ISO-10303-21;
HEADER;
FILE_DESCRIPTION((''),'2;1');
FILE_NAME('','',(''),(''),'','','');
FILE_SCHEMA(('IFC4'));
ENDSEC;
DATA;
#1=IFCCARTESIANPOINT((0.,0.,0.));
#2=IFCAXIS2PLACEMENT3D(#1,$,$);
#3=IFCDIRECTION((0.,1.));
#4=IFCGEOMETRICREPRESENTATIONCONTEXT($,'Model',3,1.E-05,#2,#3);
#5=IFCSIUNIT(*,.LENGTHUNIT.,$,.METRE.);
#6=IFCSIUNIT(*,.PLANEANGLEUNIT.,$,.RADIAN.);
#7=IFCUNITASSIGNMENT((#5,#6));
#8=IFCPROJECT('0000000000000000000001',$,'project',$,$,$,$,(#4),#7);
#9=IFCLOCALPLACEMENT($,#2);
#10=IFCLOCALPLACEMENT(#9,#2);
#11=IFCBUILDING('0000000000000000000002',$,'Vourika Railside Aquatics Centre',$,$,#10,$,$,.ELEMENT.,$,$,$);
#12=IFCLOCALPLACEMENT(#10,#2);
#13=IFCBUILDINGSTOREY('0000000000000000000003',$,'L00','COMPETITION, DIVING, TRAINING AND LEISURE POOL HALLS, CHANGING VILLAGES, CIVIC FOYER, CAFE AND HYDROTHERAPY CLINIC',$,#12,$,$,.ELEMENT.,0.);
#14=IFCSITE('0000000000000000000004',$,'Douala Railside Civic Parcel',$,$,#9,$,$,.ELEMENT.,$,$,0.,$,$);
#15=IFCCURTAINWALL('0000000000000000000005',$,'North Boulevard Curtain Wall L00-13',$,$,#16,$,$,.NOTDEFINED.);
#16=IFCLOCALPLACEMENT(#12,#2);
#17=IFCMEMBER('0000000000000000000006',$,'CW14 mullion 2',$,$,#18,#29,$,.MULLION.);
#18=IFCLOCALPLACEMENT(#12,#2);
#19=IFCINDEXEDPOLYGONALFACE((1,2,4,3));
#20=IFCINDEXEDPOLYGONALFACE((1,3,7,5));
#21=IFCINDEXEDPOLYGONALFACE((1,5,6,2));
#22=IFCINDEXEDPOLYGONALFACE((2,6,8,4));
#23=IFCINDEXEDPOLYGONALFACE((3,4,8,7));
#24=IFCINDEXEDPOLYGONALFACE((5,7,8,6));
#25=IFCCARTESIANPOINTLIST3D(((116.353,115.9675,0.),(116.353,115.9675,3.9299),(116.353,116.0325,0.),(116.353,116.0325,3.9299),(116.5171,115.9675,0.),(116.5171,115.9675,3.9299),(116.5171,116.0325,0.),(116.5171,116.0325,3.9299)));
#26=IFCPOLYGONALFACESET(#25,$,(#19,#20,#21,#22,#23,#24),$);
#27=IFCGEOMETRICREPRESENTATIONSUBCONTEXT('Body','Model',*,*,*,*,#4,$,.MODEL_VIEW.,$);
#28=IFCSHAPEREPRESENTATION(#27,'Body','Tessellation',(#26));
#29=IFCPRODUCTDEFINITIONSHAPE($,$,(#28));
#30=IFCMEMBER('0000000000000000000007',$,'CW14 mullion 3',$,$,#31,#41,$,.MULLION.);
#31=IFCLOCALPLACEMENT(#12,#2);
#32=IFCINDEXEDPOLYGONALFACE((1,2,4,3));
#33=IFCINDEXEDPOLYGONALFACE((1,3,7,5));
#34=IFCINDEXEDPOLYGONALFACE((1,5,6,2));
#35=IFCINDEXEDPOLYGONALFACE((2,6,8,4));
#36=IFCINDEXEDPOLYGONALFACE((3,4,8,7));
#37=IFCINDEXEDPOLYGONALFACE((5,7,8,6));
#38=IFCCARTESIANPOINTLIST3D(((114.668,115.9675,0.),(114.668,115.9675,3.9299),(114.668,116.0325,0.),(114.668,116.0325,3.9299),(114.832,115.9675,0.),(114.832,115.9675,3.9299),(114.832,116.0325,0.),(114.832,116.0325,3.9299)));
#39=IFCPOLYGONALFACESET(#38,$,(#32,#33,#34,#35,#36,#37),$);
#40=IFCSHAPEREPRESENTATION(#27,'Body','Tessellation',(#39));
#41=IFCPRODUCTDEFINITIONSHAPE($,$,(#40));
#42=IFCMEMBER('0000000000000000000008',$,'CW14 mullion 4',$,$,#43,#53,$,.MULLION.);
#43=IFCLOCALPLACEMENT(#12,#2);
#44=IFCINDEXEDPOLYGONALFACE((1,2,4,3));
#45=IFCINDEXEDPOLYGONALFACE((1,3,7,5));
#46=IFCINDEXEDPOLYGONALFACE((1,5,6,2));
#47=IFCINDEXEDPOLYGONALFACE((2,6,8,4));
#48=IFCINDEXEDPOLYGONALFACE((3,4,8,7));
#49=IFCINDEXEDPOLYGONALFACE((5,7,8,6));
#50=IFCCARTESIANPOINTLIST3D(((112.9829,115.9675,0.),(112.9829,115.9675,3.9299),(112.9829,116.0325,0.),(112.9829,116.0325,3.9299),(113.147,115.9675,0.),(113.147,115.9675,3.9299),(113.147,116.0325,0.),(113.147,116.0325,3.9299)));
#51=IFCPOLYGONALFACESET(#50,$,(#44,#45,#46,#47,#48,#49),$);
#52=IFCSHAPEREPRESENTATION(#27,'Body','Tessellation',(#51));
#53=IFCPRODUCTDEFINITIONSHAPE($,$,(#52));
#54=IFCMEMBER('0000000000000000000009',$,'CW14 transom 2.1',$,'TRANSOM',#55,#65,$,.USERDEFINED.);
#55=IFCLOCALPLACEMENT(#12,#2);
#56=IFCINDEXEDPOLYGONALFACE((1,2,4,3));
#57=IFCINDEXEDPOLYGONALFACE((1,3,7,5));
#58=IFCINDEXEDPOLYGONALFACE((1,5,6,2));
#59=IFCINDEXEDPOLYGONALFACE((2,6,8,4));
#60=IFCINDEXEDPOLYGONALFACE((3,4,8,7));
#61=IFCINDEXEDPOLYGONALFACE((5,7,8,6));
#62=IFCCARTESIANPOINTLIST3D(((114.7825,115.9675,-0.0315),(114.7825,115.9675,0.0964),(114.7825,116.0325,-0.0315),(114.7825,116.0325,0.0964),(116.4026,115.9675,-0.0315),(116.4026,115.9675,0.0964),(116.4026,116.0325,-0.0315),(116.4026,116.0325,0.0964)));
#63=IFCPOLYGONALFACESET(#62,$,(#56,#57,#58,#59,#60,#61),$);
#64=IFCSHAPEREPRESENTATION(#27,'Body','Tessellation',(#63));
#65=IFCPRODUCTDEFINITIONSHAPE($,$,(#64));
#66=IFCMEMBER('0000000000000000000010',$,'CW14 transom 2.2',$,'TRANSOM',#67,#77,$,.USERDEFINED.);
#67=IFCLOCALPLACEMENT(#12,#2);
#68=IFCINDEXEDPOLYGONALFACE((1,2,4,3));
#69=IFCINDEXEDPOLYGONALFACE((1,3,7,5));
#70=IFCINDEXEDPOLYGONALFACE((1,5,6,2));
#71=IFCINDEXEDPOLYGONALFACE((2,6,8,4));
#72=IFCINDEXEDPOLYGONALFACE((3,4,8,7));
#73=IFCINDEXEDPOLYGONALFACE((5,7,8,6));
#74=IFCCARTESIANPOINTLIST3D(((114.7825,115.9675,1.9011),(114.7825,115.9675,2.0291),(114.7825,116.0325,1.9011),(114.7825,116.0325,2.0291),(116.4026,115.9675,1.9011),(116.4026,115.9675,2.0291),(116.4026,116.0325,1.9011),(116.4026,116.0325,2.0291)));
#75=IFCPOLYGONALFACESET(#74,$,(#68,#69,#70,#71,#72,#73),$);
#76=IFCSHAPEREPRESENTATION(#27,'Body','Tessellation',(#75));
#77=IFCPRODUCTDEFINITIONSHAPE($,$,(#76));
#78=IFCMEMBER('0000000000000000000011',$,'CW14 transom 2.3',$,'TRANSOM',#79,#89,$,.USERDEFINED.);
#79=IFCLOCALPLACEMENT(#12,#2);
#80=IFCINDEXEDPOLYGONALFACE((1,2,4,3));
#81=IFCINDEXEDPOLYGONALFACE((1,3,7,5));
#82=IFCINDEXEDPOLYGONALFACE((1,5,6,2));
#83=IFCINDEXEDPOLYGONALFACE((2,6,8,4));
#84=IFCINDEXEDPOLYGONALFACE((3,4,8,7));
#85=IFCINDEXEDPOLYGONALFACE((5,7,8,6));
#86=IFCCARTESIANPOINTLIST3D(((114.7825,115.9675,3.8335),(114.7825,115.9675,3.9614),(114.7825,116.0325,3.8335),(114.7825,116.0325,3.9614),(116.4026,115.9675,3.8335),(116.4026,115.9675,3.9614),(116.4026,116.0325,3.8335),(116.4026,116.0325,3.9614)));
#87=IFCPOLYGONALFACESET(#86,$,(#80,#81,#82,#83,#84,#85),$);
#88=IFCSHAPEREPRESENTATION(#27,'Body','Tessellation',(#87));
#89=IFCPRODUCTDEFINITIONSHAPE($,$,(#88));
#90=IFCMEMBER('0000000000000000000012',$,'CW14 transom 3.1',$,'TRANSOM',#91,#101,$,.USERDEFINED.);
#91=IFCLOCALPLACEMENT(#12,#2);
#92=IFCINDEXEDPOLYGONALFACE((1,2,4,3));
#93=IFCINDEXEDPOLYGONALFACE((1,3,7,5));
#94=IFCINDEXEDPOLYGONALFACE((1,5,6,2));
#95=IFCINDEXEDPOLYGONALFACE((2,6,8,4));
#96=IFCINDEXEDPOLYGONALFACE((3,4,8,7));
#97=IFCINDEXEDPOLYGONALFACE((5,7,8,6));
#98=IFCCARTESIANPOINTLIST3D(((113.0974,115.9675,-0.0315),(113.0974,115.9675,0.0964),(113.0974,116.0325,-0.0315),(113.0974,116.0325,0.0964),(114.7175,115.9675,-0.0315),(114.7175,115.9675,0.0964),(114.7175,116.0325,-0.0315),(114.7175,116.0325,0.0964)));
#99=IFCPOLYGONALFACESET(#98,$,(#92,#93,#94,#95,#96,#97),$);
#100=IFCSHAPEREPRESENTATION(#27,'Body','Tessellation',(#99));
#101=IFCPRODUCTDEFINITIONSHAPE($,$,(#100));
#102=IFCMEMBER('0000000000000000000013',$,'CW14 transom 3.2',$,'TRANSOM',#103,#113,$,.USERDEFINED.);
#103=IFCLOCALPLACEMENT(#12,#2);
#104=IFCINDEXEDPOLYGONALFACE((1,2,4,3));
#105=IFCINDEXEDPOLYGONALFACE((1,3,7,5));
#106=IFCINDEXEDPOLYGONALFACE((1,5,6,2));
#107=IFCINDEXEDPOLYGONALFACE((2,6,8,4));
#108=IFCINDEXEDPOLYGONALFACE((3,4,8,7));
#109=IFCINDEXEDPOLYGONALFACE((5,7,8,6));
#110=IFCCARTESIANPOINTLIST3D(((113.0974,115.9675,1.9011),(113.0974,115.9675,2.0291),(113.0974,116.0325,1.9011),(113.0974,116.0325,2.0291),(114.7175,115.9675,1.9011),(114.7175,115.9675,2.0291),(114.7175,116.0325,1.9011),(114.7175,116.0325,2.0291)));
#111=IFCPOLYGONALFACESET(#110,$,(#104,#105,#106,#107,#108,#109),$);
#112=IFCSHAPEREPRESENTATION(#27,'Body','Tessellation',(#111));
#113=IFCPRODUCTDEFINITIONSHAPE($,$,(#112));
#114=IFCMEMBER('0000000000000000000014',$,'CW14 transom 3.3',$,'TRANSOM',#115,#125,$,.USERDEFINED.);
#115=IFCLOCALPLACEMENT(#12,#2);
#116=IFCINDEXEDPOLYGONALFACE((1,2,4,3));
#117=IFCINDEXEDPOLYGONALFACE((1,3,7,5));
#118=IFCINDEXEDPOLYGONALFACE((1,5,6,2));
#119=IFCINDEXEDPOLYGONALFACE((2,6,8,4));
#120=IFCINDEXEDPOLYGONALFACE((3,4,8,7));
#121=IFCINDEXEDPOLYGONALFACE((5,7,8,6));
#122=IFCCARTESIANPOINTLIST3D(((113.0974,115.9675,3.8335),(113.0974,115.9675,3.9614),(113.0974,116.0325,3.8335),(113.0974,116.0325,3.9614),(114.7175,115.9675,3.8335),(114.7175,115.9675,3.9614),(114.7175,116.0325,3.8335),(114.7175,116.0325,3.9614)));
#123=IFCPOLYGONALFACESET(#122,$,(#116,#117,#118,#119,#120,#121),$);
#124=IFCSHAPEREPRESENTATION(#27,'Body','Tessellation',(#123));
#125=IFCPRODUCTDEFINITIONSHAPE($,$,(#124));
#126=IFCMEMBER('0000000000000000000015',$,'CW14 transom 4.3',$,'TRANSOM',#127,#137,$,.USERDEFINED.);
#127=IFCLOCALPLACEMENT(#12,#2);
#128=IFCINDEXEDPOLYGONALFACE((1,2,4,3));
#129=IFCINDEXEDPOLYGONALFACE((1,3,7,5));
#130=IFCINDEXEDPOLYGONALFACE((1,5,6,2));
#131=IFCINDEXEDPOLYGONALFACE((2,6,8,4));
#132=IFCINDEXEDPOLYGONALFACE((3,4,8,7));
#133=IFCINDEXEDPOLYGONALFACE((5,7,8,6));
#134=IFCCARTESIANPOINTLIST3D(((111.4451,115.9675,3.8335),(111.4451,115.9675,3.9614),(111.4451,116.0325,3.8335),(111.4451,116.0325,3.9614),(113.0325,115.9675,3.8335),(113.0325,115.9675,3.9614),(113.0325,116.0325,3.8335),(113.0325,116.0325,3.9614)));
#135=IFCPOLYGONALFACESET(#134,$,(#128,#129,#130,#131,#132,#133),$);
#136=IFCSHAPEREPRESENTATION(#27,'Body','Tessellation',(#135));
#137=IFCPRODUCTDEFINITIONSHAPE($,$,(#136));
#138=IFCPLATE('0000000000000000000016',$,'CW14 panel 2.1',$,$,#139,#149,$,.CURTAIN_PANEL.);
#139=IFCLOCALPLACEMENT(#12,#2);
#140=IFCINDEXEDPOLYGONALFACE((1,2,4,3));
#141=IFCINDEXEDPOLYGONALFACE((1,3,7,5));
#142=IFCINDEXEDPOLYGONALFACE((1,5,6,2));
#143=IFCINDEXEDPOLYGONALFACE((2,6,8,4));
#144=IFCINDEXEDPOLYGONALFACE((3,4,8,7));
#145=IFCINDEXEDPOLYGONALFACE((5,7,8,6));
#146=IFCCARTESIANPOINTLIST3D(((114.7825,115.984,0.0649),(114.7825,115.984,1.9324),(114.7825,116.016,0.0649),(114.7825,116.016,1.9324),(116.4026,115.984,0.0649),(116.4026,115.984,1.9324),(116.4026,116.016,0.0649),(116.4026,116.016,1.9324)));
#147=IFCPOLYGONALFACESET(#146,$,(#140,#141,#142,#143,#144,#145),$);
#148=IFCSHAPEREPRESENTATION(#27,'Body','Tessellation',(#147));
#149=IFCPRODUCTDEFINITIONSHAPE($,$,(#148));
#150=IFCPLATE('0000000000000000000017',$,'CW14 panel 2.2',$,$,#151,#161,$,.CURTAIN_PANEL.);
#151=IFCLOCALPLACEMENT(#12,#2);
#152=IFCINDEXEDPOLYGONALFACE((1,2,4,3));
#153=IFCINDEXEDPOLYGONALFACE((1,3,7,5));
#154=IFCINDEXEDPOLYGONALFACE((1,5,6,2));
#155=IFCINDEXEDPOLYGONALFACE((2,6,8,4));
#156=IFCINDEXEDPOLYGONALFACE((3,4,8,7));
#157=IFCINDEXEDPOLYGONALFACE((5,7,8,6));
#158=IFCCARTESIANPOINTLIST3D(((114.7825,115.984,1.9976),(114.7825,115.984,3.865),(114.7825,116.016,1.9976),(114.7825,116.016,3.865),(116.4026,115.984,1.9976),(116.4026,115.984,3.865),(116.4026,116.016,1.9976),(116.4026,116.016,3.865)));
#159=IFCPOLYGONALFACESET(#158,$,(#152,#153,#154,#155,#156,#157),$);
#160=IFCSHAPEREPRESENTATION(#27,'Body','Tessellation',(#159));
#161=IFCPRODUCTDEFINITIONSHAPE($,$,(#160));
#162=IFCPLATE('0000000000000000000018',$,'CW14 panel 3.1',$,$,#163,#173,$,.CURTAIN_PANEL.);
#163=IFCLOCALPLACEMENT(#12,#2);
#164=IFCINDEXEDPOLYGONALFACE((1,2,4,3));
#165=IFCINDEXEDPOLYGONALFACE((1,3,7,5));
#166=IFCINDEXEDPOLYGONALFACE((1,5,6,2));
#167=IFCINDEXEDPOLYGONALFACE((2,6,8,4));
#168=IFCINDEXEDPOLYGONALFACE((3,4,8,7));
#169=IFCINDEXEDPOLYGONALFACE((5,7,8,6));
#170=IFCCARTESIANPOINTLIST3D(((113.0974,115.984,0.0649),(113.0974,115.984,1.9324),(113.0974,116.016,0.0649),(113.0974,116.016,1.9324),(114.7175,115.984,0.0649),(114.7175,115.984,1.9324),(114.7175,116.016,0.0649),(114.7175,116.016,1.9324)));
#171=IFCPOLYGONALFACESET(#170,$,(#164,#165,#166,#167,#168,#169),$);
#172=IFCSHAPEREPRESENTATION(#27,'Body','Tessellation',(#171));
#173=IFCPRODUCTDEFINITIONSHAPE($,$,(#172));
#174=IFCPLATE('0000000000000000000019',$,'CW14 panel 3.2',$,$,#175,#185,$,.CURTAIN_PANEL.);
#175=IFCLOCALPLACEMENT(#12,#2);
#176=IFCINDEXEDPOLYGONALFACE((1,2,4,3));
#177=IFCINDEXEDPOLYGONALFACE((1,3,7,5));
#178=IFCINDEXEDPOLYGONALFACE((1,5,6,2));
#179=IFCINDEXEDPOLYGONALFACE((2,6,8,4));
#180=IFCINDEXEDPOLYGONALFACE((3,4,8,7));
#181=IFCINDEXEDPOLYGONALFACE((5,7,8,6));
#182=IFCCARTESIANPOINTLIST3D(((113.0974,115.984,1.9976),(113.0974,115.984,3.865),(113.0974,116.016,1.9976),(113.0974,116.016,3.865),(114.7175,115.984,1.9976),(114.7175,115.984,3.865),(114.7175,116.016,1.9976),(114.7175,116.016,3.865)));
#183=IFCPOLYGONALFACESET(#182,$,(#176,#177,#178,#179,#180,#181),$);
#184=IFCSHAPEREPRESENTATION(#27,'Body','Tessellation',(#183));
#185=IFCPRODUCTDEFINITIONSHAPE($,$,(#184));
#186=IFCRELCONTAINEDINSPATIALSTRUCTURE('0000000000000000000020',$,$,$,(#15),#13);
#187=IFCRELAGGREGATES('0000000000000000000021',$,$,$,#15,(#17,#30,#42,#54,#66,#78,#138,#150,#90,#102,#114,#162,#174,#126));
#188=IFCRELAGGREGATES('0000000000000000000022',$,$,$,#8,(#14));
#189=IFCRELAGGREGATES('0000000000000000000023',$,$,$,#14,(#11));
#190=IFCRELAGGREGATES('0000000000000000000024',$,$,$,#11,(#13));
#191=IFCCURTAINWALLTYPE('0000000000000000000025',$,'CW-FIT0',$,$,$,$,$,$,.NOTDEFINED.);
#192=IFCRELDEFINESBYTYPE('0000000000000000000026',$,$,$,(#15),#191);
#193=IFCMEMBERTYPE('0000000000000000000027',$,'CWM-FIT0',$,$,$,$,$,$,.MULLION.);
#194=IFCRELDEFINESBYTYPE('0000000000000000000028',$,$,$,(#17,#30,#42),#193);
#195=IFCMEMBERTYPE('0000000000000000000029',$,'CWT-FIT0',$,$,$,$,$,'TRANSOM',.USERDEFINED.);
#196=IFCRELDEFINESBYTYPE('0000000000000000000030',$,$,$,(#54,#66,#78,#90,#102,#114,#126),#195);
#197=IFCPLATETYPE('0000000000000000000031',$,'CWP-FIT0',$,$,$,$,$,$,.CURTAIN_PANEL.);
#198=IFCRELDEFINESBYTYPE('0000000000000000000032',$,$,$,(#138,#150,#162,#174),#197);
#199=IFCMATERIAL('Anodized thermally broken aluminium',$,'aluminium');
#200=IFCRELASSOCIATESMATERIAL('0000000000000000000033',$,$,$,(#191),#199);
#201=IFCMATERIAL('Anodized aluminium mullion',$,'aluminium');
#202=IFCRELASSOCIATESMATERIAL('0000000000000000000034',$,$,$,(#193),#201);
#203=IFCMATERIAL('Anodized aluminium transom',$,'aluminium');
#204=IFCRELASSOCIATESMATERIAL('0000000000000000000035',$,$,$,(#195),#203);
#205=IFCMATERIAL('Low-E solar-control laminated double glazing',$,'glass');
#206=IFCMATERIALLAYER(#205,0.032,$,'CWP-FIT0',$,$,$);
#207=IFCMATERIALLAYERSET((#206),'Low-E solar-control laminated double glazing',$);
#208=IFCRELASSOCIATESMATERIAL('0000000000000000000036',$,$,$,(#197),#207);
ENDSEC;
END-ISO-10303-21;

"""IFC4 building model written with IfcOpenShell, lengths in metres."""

from ifc_helpers import new_model, si_unit, direction, frame, origin, origin_2d, place, context, subcontext, project, spatial, rectangle, extrude, material, layer, layer_set, material_profile, profile_set, type_object, element, aggregate, save


model = new_model("IFC4")

# Units and contexts
model_context = context("Model", 3, precision=1e-05, world=origin(), true_north=direction((0.0, 1.0)))
body_context = subcontext(model_context, "Body", "Model", "MODEL_VIEW")
ifc_project = project(units=[si_unit("LENGTHUNIT", "METRE"), si_unit("PLANEANGLEUNIT", "RADIAN")], contexts=[model_context])

# Site, building, storey
site_placement = place(None, origin())
site = spatial("IfcSite", under=ifc_project, at=site_placement, Name="Douala Railside Civic Parcel", CompositionType="ELEMENT", RefElevation=0.0)
building_placement = place(site_placement, origin())
building = spatial("IfcBuilding", under=site, at=building_placement, Name="Vourika Railside Aquatics Centre", CompositionType="ELEMENT")
storey_placement = place(building_placement, origin())
storey = spatial("IfcBuildingStorey", under=building, at=storey_placement, Name="L00", Description="COMPETITION, DIVING, TRAINING AND LEISURE POOL HALLS, CHANGING VILLAGES, CIVIC FOYER, CAFE AND HYDROTHERAPY CLINIC", CompositionType="ELEMENT", Elevation=0.0)

# Curtain wall, members, plates
ifc_material_1 = material(Name="Anodized thermally broken aluminium", Category="aluminium")
curtain_wall_type = type_object("IfcCurtainWallType", Name="CW-FIT0", PredefinedType="NOTDEFINED", material=ifc_material_1)
curtain_wall_placement = place(storey_placement, origin())
curtain_wall = element("IfcCurtainWall", 1, at=curtain_wall_placement, inside=storey, type_object=curtain_wall_type, Name="North Boulevard Curtain Wall L00-13", PredefinedType="NOTDEFINED")
ifc_material_2 = material(Name="Anodized aluminium mullion", Category="aluminium")
ifc_material_profile_1 = material_profile(ifc_material_2, rectangle(XDim=0.0649, YDim=0.1641, at=origin_2d()), Name="ALU-M 65x164")
ifc_profile_set_1 = profile_set([ifc_material_profile_1], Name="Anodized aluminium mullion")
member_type_1 = type_object("IfcMemberType", Name="CWM-FIT0", PredefinedType="MULLION", material=ifc_profile_set_1)
member_1_placement = place(storey_placement, frame((116.4351, 116.0, 0.0), z_axis=(0.0, 0.0, 1.0), x_axis=(0.0, -1.0, 0.0)))
member_1 = element("IfcMember", 2, at=member_1_placement, type_object=member_type_1, Name="CW14 mullion 2", PredefinedType="MULLION", context=body_context, shape_type="SweptSolid", body=[
    extrude(rectangle(XDim=0.0649, YDim=0.1641, at=origin_2d()), origin(), (0.0, 0.0, 1.0), 3.9299),
])
member_2_placement = place(storey_placement, frame((114.75, 116.0, 0.0), z_axis=(0.0, 0.0, 1.0), x_axis=(0.0, -1.0, 0.0)))
member_2 = element("IfcMember", 3, at=member_2_placement, type_object=member_type_1, Name="CW14 mullion 3", PredefinedType="MULLION", context=body_context, shape_type="SweptSolid", body=[
    extrude(rectangle(XDim=0.0649, YDim=0.1641, at=origin_2d()), origin(), (0.0, 0.0, 1.0), 3.9299),
])
member_3_placement = place(storey_placement, frame((113.0649, 116.0, 0.0), z_axis=(0.0, 0.0, 1.0), x_axis=(0.0, -1.0, 0.0)))
member_3 = element("IfcMember", 4, at=member_3_placement, type_object=member_type_1, Name="CW14 mullion 4", PredefinedType="MULLION", context=body_context, shape_type="SweptSolid", body=[
    extrude(rectangle(XDim=0.0649, YDim=0.1641, at=origin_2d()), origin(), (0.0, 0.0, 1.0), 3.9299),
])
ifc_material_3 = material(Name="Anodized aluminium transom", Category="aluminium")
ifc_material_profile_2 = material_profile(ifc_material_3, rectangle(XDim=0.0649, YDim=0.1279, at=origin_2d()), Name="ALU-T 65x128")
ifc_profile_set_2 = profile_set([ifc_material_profile_2], Name="Anodized aluminium transom")
member_type_2 = type_object("IfcMemberType", Name="CWT-FIT0", ElementType="TRANSOM", PredefinedType="USERDEFINED", material=ifc_profile_set_2)
member_4_placement = place(storey_placement, frame((116.4026, 116.0, 0.0325), z_axis=(-1.0, 0.0, 0.0), x_axis=(0.0, -1.0, 0.0)))
member_4 = element("IfcMember", 5, at=member_4_placement, type_object=member_type_2, Name="CW14 transom 2.1", ObjectType="TRANSOM", PredefinedType="USERDEFINED", context=body_context, shape_type="SweptSolid", body=[
    extrude(rectangle(XDim=0.0649, YDim=0.1279, at=origin_2d()), origin(), (0.0, 0.0, 1.0), 1.6201),
])
member_5_placement = place(storey_placement, frame((116.4026, 116.0, 1.9651), z_axis=(-1.0, 0.0, 0.0), x_axis=(0.0, -1.0, 0.0)))
member_5 = element("IfcMember", 6, at=member_5_placement, type_object=member_type_2, Name="CW14 transom 2.2", ObjectType="TRANSOM", PredefinedType="USERDEFINED", context=body_context, shape_type="SweptSolid", body=[
    extrude(rectangle(XDim=0.0649, YDim=0.1279, at=origin_2d()), origin(), (0.0, 0.0, 1.0), 1.6201),
])
member_6_placement = place(storey_placement, frame((116.4026, 116.0, 3.8975), z_axis=(-1.0, 0.0, 0.0), x_axis=(0.0, -1.0, 0.0)))
member_6 = element("IfcMember", 7, at=member_6_placement, type_object=member_type_2, Name="CW14 transom 2.3", ObjectType="TRANSOM", PredefinedType="USERDEFINED", context=body_context, shape_type="SweptSolid", body=[
    extrude(rectangle(XDim=0.0649, YDim=0.1279, at=origin_2d()), origin(), (0.0, 0.0, 1.0), 1.6201),
])
member_7_placement = place(storey_placement, frame((114.7175, 116.0, 0.0325), z_axis=(-1.0, 0.0, 0.0), x_axis=(0.0, -1.0, 0.0)))
member_7 = element("IfcMember", 8, at=member_7_placement, type_object=member_type_2, Name="CW14 transom 3.1", ObjectType="TRANSOM", PredefinedType="USERDEFINED", context=body_context, shape_type="SweptSolid", body=[
    extrude(rectangle(XDim=0.0649, YDim=0.1279, at=origin_2d()), origin(), (0.0, 0.0, 1.0), 1.6201),
])
member_8_placement = place(storey_placement, frame((114.7175, 116.0, 1.9651), z_axis=(-1.0, 0.0, 0.0), x_axis=(0.0, -1.0, 0.0)))
member_8 = element("IfcMember", 9, at=member_8_placement, type_object=member_type_2, Name="CW14 transom 3.2", ObjectType="TRANSOM", PredefinedType="USERDEFINED", context=body_context, shape_type="SweptSolid", body=[
    extrude(rectangle(XDim=0.0649, YDim=0.1279, at=origin_2d()), origin(), (0.0, 0.0, 1.0), 1.6201),
])
member_9_placement = place(storey_placement, frame((114.7175, 116.0, 3.8975), z_axis=(-1.0, 0.0, 0.0), x_axis=(0.0, -1.0, 0.0)))
member_9 = element("IfcMember", 10, at=member_9_placement, type_object=member_type_2, Name="CW14 transom 3.3", ObjectType="TRANSOM", PredefinedType="USERDEFINED", context=body_context, shape_type="SweptSolid", body=[
    extrude(rectangle(XDim=0.0649, YDim=0.1279, at=origin_2d()), origin(), (0.0, 0.0, 1.0), 1.6201),
])
member_10_placement = place(storey_placement, frame((113.0325, 116.0, 3.8975), z_axis=(-1.0, 0.0, 0.0), x_axis=(0.0, -1.0, 0.0)))
member_10 = element("IfcMember", 11, at=member_10_placement, type_object=member_type_2, Name="CW14 transom 4.3", ObjectType="TRANSOM", PredefinedType="USERDEFINED", context=body_context, shape_type="SweptSolid", body=[
    extrude(rectangle(XDim=0.0649, YDim=0.1279, at=origin_2d()), origin(), (0.0, 0.0, 1.0), 1.5874),
])
ifc_material_4 = material(Name="Low-E solar-control laminated double glazing", Category="glass")
ifc_layer = layer(ifc_material_4, 0.032, Name="CWP-FIT0")
ifc_layer_set = layer_set([ifc_layer], Name="Low-E solar-control laminated double glazing")
plate_type = type_object("IfcPlateType", Name="CWP-FIT0", PredefinedType="CURTAIN_PANEL", material=ifc_layer_set)
plate_1_placement = place(storey_placement, frame((115.5925, 116.0, 0.0649), z_axis=(0.0, 0.0, 1.0), x_axis=(-1.0, 0.0, 0.0)))
plate_1 = element("IfcPlate", 12, at=plate_1_placement, type_object=plate_type, Name="CW14 panel 2.1", PredefinedType="CURTAIN_PANEL", context=body_context, shape_type="SweptSolid", body=[
    extrude(rectangle(XDim=1.6201, YDim=0.032, at=origin_2d()), origin(), (0.0, 0.0, 1.0), 1.8674),
])
plate_2_placement = place(storey_placement, frame((115.5925, 116.0, 1.9976), z_axis=(0.0, 0.0, 1.0), x_axis=(-1.0, 0.0, 0.0)))
plate_2 = element("IfcPlate", 13, at=plate_2_placement, type_object=plate_type, Name="CW14 panel 2.2", PredefinedType="CURTAIN_PANEL", context=body_context, shape_type="SweptSolid", body=[
    extrude(rectangle(XDim=1.6201, YDim=0.032, at=origin_2d()), origin(), (0.0, 0.0, 1.0), 1.8674),
])
plate_3_placement = place(storey_placement, frame((113.9075, 116.0, 0.0649), z_axis=(0.0, 0.0, 1.0), x_axis=(-1.0, 0.0, 0.0)))
plate_3 = element("IfcPlate", 14, at=plate_3_placement, type_object=plate_type, Name="CW14 panel 3.1", PredefinedType="CURTAIN_PANEL", context=body_context, shape_type="SweptSolid", body=[
    extrude(rectangle(XDim=1.6201, YDim=0.032, at=origin_2d()), origin(), (0.0, 0.0, 1.0), 1.8674),
])
plate_4_placement = place(storey_placement, frame((113.9075, 116.0, 1.9976), z_axis=(0.0, 0.0, 1.0), x_axis=(-1.0, 0.0, 0.0)))
plate_4 = element("IfcPlate", 15, at=plate_4_placement, type_object=plate_type, Name="CW14 panel 3.2", PredefinedType="CURTAIN_PANEL", context=body_context, shape_type="SweptSolid", body=[
    extrude(rectangle(XDim=1.6201, YDim=0.032, at=origin_2d()), origin(), (0.0, 0.0, 1.0), 1.8674),
])
aggregate(curtain_wall, [member_1, member_2, member_3, member_4, member_5, member_6, plate_1, plate_2, member_7, member_8, member_9, plate_3, plate_4, member_10])

save(model, "model.ifc")
